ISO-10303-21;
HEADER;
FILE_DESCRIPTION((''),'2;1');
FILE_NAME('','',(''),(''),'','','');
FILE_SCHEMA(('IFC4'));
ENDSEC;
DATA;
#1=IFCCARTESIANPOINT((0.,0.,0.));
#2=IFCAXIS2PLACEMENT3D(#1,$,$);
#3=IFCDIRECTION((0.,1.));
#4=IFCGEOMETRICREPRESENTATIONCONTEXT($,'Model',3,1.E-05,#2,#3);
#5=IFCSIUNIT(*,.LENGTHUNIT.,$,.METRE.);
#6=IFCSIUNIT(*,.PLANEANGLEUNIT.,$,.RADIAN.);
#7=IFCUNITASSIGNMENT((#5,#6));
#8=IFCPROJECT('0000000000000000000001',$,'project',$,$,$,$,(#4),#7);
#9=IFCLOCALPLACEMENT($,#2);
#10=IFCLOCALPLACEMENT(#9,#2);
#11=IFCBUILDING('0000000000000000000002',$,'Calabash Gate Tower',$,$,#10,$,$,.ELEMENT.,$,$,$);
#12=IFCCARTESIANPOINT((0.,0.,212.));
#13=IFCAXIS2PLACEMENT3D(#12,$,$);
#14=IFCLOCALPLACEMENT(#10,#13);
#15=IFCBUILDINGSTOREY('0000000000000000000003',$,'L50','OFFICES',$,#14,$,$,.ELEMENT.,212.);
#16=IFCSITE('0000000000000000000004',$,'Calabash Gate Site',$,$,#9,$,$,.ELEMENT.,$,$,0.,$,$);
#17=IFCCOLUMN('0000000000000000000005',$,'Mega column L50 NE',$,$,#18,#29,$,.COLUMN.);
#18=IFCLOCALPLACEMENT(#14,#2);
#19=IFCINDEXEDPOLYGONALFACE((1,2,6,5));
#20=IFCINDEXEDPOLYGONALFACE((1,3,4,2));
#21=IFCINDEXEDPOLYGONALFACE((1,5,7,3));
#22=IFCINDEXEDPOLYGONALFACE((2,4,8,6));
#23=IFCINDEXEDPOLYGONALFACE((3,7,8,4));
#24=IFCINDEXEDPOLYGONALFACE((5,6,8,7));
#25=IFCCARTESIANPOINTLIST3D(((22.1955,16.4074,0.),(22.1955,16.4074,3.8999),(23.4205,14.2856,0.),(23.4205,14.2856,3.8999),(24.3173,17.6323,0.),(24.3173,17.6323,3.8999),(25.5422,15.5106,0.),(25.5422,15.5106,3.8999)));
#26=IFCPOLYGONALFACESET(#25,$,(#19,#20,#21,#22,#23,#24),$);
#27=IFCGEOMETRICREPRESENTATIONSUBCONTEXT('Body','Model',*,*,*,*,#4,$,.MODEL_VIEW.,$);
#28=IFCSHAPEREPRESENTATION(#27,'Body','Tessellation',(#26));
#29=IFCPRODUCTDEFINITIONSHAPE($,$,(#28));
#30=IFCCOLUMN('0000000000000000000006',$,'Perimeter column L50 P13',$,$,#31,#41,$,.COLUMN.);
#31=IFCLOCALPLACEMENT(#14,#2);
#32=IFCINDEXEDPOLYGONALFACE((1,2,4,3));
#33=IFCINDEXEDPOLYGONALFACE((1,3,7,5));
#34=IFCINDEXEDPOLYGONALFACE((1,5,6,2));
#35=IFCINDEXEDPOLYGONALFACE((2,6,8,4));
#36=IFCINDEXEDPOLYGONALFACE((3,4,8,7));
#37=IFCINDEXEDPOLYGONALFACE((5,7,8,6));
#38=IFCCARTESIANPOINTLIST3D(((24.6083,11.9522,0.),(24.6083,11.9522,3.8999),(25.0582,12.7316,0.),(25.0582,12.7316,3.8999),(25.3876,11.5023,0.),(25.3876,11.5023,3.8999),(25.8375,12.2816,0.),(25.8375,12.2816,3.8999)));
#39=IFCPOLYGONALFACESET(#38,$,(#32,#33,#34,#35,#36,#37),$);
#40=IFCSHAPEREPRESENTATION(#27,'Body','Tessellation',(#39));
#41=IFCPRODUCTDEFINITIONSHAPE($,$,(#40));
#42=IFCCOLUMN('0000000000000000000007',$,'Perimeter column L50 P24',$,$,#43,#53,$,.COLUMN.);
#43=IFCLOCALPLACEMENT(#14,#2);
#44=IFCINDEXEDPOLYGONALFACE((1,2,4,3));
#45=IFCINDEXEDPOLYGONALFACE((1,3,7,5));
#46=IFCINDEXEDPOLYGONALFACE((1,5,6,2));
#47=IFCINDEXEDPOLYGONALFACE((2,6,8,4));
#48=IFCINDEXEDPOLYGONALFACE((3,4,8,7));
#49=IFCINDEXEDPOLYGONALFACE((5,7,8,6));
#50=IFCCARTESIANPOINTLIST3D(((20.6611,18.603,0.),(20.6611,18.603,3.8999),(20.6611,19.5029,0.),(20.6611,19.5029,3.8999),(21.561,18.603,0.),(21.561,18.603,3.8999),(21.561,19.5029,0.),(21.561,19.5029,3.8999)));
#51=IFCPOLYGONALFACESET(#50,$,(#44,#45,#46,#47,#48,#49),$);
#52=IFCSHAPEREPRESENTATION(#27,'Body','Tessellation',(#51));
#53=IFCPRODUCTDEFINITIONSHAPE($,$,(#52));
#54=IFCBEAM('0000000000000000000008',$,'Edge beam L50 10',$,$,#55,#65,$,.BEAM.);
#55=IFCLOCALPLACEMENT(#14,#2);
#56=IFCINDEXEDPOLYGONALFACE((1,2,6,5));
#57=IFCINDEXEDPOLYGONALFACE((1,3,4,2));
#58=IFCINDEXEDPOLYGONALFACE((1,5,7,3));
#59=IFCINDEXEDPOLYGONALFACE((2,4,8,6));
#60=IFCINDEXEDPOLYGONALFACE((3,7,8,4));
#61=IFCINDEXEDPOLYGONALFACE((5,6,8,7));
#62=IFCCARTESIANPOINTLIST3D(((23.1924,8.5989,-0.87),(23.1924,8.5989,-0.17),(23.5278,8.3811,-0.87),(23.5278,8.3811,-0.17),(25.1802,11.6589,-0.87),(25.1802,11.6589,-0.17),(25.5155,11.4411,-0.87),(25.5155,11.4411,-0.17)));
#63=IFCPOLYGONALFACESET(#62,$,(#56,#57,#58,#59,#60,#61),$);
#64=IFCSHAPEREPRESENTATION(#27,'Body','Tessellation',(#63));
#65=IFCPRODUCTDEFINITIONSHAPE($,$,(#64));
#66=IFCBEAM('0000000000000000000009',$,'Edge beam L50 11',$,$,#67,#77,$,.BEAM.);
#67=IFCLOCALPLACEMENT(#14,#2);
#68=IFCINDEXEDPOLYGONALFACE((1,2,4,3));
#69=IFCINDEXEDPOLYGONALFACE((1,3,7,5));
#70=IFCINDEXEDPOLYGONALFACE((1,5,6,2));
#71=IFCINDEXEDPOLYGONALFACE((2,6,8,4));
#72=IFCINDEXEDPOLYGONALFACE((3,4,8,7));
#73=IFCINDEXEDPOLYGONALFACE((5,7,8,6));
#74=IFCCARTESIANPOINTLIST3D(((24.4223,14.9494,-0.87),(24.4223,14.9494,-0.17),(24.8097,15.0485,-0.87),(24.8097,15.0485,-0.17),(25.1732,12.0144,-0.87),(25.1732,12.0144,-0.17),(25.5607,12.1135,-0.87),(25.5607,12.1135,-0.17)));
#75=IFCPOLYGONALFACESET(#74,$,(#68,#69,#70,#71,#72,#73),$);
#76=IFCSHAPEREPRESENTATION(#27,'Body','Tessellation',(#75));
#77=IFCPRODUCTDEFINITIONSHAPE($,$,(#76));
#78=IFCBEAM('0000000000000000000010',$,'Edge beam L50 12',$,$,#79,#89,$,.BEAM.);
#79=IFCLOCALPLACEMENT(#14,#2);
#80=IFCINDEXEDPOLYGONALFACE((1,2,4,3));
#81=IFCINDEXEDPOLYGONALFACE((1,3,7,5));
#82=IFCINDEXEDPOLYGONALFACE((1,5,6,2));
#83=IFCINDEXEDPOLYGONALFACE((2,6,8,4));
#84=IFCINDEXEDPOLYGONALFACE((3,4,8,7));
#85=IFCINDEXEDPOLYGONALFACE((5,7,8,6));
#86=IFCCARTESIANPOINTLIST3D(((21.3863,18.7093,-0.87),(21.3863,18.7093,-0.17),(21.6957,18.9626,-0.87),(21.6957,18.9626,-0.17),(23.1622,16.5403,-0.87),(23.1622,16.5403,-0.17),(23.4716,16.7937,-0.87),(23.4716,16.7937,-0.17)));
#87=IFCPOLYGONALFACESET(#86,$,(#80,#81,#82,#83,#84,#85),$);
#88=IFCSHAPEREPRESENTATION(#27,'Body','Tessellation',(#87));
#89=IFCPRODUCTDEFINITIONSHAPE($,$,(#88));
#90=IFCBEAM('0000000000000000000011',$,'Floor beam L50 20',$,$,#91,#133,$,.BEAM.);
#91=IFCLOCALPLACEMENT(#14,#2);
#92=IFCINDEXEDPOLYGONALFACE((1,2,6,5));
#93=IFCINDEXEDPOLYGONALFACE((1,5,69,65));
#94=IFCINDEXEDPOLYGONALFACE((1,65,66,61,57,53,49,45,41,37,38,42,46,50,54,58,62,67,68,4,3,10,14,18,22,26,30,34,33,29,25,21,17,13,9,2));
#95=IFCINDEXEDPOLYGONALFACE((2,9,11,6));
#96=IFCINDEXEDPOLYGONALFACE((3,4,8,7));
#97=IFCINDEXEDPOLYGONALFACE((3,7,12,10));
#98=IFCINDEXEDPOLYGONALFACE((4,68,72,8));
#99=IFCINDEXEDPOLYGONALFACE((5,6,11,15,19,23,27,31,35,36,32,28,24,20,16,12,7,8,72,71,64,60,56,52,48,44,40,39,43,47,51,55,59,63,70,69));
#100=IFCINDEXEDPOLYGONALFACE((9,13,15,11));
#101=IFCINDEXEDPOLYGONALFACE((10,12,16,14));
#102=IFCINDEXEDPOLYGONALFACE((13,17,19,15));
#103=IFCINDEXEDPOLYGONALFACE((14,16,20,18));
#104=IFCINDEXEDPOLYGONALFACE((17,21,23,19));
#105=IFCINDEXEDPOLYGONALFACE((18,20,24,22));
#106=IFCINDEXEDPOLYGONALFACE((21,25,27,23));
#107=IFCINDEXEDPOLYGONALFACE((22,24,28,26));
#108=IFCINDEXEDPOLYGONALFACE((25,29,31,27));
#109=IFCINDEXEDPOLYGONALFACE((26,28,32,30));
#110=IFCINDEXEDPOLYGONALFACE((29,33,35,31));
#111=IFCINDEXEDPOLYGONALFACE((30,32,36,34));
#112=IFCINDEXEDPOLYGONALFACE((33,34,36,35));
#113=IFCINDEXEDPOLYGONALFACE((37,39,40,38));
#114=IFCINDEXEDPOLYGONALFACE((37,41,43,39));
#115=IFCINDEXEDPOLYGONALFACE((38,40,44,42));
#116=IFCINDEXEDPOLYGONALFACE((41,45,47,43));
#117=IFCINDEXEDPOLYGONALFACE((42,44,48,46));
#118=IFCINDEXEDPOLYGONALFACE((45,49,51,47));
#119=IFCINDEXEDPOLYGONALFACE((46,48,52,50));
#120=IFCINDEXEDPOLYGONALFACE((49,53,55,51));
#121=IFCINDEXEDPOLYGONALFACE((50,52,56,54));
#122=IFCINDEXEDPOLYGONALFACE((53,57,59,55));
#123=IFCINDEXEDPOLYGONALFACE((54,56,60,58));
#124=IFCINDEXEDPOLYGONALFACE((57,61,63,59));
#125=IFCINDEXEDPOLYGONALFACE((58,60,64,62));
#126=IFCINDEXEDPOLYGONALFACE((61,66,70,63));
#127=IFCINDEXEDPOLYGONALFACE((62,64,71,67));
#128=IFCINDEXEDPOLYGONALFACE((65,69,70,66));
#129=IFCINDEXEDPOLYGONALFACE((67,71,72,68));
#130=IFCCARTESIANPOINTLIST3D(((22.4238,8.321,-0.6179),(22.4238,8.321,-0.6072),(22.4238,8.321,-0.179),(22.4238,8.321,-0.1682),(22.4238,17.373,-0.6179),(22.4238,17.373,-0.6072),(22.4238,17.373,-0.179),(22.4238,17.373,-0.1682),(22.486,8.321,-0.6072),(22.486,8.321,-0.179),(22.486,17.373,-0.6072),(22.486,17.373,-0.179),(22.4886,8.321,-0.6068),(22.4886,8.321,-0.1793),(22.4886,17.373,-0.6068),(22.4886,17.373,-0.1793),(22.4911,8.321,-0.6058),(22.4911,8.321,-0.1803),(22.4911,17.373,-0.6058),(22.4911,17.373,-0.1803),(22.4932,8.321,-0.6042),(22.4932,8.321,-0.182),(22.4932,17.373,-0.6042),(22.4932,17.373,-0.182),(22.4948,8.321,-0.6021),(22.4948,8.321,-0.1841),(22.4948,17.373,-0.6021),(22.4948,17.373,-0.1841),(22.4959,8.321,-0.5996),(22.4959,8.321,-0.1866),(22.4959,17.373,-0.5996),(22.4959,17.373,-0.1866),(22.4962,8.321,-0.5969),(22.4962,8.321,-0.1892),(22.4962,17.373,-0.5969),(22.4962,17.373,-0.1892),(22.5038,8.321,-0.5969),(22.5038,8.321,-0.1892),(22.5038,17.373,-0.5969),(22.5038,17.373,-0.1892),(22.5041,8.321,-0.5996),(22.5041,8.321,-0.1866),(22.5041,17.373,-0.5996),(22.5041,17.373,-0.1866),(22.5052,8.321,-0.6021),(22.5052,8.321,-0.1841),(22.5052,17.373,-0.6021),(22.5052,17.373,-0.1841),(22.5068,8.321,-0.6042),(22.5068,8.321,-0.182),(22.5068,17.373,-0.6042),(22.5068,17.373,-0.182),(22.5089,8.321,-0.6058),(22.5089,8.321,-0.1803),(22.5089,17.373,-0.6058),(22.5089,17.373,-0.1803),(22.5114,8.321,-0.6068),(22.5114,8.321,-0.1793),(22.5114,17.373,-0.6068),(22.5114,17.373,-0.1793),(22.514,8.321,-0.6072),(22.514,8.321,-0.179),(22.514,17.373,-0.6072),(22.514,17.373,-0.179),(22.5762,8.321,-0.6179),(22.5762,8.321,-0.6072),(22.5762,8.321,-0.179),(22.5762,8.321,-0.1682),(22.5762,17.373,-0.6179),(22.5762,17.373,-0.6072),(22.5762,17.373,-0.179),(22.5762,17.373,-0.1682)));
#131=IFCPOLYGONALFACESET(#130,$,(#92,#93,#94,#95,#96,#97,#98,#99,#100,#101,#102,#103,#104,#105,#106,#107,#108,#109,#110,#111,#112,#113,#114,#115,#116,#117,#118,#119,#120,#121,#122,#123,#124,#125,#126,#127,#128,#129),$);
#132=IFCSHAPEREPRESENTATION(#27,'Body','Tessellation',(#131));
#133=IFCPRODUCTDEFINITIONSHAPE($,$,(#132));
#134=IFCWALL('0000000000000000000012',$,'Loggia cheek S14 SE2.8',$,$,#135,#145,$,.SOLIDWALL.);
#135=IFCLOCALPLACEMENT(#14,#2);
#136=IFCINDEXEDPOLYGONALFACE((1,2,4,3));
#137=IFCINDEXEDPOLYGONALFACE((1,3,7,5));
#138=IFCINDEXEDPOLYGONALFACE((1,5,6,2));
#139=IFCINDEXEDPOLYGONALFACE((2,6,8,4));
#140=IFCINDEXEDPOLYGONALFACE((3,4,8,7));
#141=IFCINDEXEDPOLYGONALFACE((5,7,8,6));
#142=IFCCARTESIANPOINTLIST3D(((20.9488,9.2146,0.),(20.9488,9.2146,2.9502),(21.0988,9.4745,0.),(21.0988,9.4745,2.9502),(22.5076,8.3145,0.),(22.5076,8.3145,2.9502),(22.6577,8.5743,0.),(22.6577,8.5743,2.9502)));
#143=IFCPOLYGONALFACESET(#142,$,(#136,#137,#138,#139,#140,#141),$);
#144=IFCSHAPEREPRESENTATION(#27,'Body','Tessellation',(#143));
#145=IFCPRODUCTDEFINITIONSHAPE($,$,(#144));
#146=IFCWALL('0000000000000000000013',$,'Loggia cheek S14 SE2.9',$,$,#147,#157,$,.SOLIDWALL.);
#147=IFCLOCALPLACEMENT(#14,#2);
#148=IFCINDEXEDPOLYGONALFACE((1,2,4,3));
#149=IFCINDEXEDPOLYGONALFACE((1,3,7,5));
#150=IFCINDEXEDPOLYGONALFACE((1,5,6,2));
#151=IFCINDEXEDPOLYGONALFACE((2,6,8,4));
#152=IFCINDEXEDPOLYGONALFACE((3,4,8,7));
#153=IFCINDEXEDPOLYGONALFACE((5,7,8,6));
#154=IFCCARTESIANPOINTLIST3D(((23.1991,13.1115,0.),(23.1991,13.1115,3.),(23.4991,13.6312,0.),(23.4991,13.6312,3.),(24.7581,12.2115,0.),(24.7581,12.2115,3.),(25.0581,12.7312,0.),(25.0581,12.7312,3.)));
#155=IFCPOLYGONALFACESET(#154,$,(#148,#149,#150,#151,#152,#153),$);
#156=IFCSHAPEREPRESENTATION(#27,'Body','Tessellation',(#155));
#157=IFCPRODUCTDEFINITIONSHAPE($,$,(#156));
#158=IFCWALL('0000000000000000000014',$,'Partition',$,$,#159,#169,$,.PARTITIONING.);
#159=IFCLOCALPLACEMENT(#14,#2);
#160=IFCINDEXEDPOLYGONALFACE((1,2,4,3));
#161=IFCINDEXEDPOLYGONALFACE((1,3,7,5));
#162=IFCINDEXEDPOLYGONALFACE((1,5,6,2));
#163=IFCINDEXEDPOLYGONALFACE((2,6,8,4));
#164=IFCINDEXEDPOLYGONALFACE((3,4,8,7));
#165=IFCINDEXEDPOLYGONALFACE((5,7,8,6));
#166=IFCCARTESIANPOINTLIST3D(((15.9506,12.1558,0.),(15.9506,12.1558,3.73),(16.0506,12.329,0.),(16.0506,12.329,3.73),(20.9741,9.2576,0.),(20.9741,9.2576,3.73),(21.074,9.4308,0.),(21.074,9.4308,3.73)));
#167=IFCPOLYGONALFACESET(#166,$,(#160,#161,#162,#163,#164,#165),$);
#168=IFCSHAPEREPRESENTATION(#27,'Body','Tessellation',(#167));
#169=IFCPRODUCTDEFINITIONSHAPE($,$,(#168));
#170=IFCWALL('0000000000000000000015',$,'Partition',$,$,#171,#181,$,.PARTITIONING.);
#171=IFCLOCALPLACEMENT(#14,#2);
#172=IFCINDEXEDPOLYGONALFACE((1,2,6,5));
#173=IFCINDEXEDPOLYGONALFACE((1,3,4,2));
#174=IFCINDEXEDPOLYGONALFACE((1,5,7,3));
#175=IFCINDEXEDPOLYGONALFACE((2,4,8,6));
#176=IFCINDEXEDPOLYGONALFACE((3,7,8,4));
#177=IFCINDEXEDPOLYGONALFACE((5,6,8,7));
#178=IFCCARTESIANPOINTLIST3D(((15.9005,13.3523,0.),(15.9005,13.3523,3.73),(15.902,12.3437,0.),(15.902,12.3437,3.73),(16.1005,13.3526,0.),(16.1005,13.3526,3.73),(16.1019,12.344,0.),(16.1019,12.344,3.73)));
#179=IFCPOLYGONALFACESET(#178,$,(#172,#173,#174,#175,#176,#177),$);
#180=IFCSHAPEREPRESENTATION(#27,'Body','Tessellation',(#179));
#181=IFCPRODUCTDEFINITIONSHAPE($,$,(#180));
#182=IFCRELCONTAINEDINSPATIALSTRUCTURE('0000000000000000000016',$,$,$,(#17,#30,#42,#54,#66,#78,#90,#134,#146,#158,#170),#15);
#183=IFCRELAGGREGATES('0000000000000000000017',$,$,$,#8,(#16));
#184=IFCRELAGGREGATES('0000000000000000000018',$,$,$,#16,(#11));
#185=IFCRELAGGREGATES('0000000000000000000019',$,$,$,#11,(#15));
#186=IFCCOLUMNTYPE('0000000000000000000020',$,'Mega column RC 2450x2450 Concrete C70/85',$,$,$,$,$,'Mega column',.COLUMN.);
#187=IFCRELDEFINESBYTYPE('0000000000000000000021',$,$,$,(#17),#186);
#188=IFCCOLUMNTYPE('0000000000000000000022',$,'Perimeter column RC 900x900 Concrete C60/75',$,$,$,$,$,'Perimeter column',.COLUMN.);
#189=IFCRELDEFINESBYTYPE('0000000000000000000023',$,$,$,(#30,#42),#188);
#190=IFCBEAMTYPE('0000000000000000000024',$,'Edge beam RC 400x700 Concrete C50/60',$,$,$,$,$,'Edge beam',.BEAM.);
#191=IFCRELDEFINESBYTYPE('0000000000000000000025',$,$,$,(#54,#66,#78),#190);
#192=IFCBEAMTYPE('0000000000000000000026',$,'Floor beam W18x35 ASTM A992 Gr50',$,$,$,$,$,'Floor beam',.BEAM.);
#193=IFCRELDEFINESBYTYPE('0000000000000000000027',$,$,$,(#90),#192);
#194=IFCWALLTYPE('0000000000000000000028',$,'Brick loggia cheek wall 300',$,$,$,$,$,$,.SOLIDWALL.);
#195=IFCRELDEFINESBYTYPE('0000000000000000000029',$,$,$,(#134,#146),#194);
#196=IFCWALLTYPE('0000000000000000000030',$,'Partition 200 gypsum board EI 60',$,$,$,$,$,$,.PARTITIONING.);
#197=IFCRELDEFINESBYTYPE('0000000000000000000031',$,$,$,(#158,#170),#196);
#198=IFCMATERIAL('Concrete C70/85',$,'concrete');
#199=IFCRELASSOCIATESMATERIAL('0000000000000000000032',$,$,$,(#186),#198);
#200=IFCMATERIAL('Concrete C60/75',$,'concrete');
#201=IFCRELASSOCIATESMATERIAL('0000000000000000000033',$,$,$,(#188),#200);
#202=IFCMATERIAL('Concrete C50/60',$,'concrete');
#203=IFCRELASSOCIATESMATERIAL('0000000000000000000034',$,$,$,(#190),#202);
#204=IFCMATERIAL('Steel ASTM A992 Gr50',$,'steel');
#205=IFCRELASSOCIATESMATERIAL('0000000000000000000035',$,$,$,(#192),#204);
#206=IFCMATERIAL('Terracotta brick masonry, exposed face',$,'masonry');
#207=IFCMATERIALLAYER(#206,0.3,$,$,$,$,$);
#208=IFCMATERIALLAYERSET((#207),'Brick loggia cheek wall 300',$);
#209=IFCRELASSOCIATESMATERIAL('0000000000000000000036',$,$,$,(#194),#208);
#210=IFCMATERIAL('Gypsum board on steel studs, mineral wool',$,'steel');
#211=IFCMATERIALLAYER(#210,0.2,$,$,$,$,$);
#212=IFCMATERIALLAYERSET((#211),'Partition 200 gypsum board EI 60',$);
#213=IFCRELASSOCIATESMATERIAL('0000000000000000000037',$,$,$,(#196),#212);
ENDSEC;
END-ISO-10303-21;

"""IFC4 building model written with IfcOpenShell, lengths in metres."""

from ifc_helpers import new_model, si_unit, direction, frame, frame_2d, origin, origin_2d, place, context, subcontext, project, spatial, rectangle, i_section, extrude, material, layer, layer_set, material_profile, profile_set, type_object, element, save


model = new_model("IFC4")

# Units and contexts
model_context = context("Model", 3, precision=1e-05, world=origin(), true_north=direction((0.0, 1.0)))
body_context = subcontext(model_context, "Body", "Model", "MODEL_VIEW")
ifc_project = project(units=[si_unit("LENGTHUNIT", "METRE"), si_unit("PLANEANGLEUNIT", "RADIAN")], contexts=[model_context])

# Site, building, storey
site_placement = place(None, origin())
site = spatial("IfcSite", under=ifc_project, at=site_placement, Name="Calabash Gate Site", CompositionType="ELEMENT", RefElevation=0.0)
building_placement = place(site_placement, origin())
building = spatial("IfcBuilding", under=site, at=building_placement, Name="Calabash Gate Tower", CompositionType="ELEMENT")
storey_placement = place(building_placement, frame((0.0, 0.0, 212.0)))
storey = spatial("IfcBuildingStorey", under=building, at=storey_placement, Name="L50", Description="OFFICES", CompositionType="ELEMENT", Elevation=212.0)

# Columns
ifc_material_1 = material(Name="Concrete C70/85", Category="concrete")
ifc_material_profile_1 = material_profile(ifc_material_1, rectangle(XDim=2.45, YDim=2.45, at=origin_2d()))
ifc_profile_set_1 = profile_set([ifc_material_profile_1], Name="Concrete C70/85")
column_type_1 = type_object("IfcColumnType", Name="Mega column RC 2450x2450 Concrete C70/85", ElementType="Mega column", PredefinedType="COLUMN", material=ifc_profile_set_1)
column_placement = place(storey_placement, frame((23.8689, 15.959, 0.0), z_axis=(0.0, 0.0, 1.0), x_axis=(-0.866025, -0.5, 0.0)))
element("IfcColumn", 1, at=column_placement, inside=storey, type_object=column_type_1, Name="Mega column L50 NE", PredefinedType="COLUMN", context=body_context, shape_type="SweptSolid", body=[
    extrude(rectangle(XDim=2.45, YDim=2.45, at=origin_2d()), origin(), (0.0, 0.0, 1.0), 3.8999),
])
ifc_material_2 = material(Name="Concrete C60/75", Category="concrete")
ifc_material_profile_2 = material_profile(ifc_material_2, rectangle(XDim=0.8999, YDim=0.8999, at=origin_2d()))
ifc_profile_set_2 = profile_set([ifc_material_profile_2], Name="Concrete C60/75")
column_type_2 = type_object("IfcColumnType", Name="Perimeter column RC 900x900 Concrete C60/75", ElementType="Perimeter column", PredefinedType="COLUMN", material=ifc_profile_set_2)
for number, where, z_axis, x_axis, name in (
    (2, (25.2229, 12.1169, 0.0), (0.0, 0.0, 1.0), (0.5, 0.866025, 0.0), "Perimeter column L50 P13"),
    (3, (21.1111, 19.053, 0.0), (0.0, 0.0, 1.0), (-1.0, 0.0, 0.0), "Perimeter column L50 P24"),
):
    element("IfcColumn", number, at=place(storey_placement, frame(where, z_axis=z_axis, x_axis=x_axis)), inside=storey, type_object=column_type_2, Name=name, PredefinedType="COLUMN", context=body_context, shape_type="SweptSolid", body=[
        extrude(rectangle(XDim=0.8999, YDim=0.8999, at=origin_2d()), origin(), (0.0, 0.0, 1.0), 3.8999),
    ])

# Beams
ifc_material_3 = material(Name="Concrete C50/60", Category="concrete")
ifc_material_profile_3 = material_profile(ifc_material_3, rectangle(XDim=0.3999, YDim=0.7, at=origin_2d()))
ifc_profile_set_3 = profile_set([ifc_material_profile_3], Name="Concrete C50/60")
beam_type_1 = type_object("IfcBeamType", Name="Edge beam RC 400x700 Concrete C50/60", ElementType="Edge beam", PredefinedType="BEAM", material=ifc_profile_set_3)
beam_1_placement = place(storey_placement, frame((23.3601, 8.49, -0.52), z_axis=(0.544748, 0.838599, 0.0), x_axis=(-0.838599, 0.544748, 0.0)))
element("IfcBeam", 4, at=beam_1_placement, inside=storey, type_object=beam_type_1, Name="Edge beam L50 10", PredefinedType="BEAM", context=body_context, shape_type="SweptSolid", body=[
    extrude(rectangle(XDim=0.3999, YDim=0.7, at=origin_2d()), origin(), (0.0, 0.0, 1.0), 3.6489),
])
beam_2_placement = place(storey_placement, frame((25.3669, 12.064, -0.52), z_axis=(-0.247879, 0.968791, 0.0), x_axis=(-0.968791, -0.247879, 0.0)))
element("IfcBeam", 5, at=beam_2_placement, inside=storey, type_object=beam_type_1, Name="Edge beam L50 11", PredefinedType="BEAM", context=body_context, shape_type="SweptSolid", body=[
    extrude(rectangle(XDim=0.3999, YDim=0.7, at=origin_2d()), origin(), (0.0, 0.0, 1.0), 3.0295),
])
beam_3_placement = place(storey_placement, frame((23.3169, 16.667, -0.52), z_axis=(-0.633513, 0.773732, 0.0), x_axis=(-0.773732, -0.633513, 0.0)))
element("IfcBeam", 6, at=beam_3_placement, inside=storey, type_object=beam_type_1, Name="Edge beam L50 12", PredefinedType="BEAM", context=body_context, shape_type="SweptSolid", body=[
    extrude(rectangle(XDim=0.3999, YDim=0.7, at=origin_2d()), origin(), (0.0, 0.0, 1.0), 2.8032),
])
ifc_material_4 = material(Name="Steel ASTM A992 Gr50", Category="steel")
ifc_material_profile_4 = material_profile(ifc_material_4, i_section(OverallWidth=0.1523, OverallDepth=0.4497, WebThickness=0.0076, FlangeThickness=0.0107, FilletRadius=0.0103, at=origin_2d()))
ifc_profile_set_4 = profile_set([ifc_material_profile_4], Name="Steel ASTM A992 Gr50")
beam_type_2 = type_object("IfcBeamType", Name="Floor beam W18x35 ASTM A992 Gr50", ElementType="Floor beam", PredefinedType="BEAM", material=ifc_profile_set_4)
beam_4_placement = place(storey_placement, frame((22.5, 8.321, -0.3931), z_axis=(0.0, 1.0, 0.0), x_axis=(-1.0, 0.0, 0.0)))
element("IfcBeam", 7, at=beam_4_placement, inside=storey, type_object=beam_type_2, Name="Floor beam L50 20", PredefinedType="BEAM", context=body_context, shape_type="SweptSolid", body=[
    extrude(i_section(OverallWidth=0.1523, OverallDepth=0.4497, WebThickness=0.0076, FlangeThickness=0.0107, FilletRadius=0.0103, at=origin_2d()), origin(), (0.0, 0.0, 1.0), 9.052),
])

# Walls
ifc_material_5 = material(Name="Terracotta brick masonry, exposed face", Category="masonry")
ifc_layer_1 = layer(ifc_material_5, 0.3)
ifc_layer_set_1 = layer_set([ifc_layer_1], Name="Brick loggia cheek wall 300")
wall_type_1 = type_object("IfcWallType", Name="Brick loggia cheek wall 300", PredefinedType="SOLIDWALL", material=ifc_layer_set_1)
wall_1_placement = place(storey_placement, frame((21.0239, 9.3445, 0.0), z_axis=(0.0, 0.0, 1.0), x_axis=(0.865989, -0.500063, 0.0)))
element("IfcWall", 8, at=wall_1_placement, inside=storey, type_object=wall_type_1, Name="Loggia cheek S14 SE2.8", PredefinedType="SOLIDWALL", context=body_context, shape_type="SweptSolid", body=[
    extrude(rectangle(XDim=1.8, YDim=0.3, at=frame_2d((0.8999, 0.0))), origin(), (0.0, 0.0, 1.0), 2.9502),
])
wall_2_placement = place(storey_placement, frame((24.908, 12.4714, 0.0), z_axis=(0.0, 0.0, 1.0), x_axis=(-0.866048, 0.499961, 0.0)))
element("IfcWall", 9, at=wall_2_placement, inside=storey, type_object=wall_type_1, Name="Loggia cheek S14 SE2.9", PredefinedType="SOLIDWALL", context=body_context, shape_type="SweptSolid", body=[
    extrude(rectangle(XDim=1.8, YDim=0.6001, at=frame_2d((0.8999, 0.0))), origin(), (0.0, 0.0, 1.0), 3.0),
])
ifc_material_6 = material(Name="Gypsum board on steel studs, mineral wool", Category="steel")
ifc_layer_2 = layer(ifc_material_6, 0.2)
ifc_layer_set_2 = layer_set([ifc_layer_2], Name="Partition 200 gypsum board EI 60")
wall_type_2 = type_object("IfcWallType", Name="Partition 200 gypsum board EI 60", PredefinedType="PARTITIONING", material=ifc_layer_set_2)
wall_3_placement = place(storey_placement, frame((16.0005, 12.2424, 0.0), z_axis=(0.0, 0.0, 1.0), x_axis=(0.866181, -0.49973, 0.0)))
element("IfcWall", 10, at=wall_3_placement, inside=storey, type_object=wall_type_2, Name="Partition", PredefinedType="PARTITIONING", context=body_context, shape_type="SweptSolid", body=[
    extrude(rectangle(XDim=5.7996, YDim=0.2, at=frame_2d((2.8999, 0.0))), origin(), (0.0, 0.0, 1.0), 3.73),
])
wall_4_placement = place(storey_placement, frame((16.0005, 13.3525, 0.0), z_axis=(0.0, 0.0, 1.0), x_axis=(0.001452, -0.999999, 0.0)))
element("IfcWall", 11, at=wall_4_placement, inside=storey, type_object=wall_type_2, Name="Partition", PredefinedType="PARTITIONING", context=body_context, shape_type="SweptSolid", body=[
    extrude(rectangle(XDim=1.0085, YDim=0.2, at=frame_2d((0.5044, 0.0))), origin(), (0.0, 0.0, 1.0), 3.73),
])

save(model, "model.ifc")
